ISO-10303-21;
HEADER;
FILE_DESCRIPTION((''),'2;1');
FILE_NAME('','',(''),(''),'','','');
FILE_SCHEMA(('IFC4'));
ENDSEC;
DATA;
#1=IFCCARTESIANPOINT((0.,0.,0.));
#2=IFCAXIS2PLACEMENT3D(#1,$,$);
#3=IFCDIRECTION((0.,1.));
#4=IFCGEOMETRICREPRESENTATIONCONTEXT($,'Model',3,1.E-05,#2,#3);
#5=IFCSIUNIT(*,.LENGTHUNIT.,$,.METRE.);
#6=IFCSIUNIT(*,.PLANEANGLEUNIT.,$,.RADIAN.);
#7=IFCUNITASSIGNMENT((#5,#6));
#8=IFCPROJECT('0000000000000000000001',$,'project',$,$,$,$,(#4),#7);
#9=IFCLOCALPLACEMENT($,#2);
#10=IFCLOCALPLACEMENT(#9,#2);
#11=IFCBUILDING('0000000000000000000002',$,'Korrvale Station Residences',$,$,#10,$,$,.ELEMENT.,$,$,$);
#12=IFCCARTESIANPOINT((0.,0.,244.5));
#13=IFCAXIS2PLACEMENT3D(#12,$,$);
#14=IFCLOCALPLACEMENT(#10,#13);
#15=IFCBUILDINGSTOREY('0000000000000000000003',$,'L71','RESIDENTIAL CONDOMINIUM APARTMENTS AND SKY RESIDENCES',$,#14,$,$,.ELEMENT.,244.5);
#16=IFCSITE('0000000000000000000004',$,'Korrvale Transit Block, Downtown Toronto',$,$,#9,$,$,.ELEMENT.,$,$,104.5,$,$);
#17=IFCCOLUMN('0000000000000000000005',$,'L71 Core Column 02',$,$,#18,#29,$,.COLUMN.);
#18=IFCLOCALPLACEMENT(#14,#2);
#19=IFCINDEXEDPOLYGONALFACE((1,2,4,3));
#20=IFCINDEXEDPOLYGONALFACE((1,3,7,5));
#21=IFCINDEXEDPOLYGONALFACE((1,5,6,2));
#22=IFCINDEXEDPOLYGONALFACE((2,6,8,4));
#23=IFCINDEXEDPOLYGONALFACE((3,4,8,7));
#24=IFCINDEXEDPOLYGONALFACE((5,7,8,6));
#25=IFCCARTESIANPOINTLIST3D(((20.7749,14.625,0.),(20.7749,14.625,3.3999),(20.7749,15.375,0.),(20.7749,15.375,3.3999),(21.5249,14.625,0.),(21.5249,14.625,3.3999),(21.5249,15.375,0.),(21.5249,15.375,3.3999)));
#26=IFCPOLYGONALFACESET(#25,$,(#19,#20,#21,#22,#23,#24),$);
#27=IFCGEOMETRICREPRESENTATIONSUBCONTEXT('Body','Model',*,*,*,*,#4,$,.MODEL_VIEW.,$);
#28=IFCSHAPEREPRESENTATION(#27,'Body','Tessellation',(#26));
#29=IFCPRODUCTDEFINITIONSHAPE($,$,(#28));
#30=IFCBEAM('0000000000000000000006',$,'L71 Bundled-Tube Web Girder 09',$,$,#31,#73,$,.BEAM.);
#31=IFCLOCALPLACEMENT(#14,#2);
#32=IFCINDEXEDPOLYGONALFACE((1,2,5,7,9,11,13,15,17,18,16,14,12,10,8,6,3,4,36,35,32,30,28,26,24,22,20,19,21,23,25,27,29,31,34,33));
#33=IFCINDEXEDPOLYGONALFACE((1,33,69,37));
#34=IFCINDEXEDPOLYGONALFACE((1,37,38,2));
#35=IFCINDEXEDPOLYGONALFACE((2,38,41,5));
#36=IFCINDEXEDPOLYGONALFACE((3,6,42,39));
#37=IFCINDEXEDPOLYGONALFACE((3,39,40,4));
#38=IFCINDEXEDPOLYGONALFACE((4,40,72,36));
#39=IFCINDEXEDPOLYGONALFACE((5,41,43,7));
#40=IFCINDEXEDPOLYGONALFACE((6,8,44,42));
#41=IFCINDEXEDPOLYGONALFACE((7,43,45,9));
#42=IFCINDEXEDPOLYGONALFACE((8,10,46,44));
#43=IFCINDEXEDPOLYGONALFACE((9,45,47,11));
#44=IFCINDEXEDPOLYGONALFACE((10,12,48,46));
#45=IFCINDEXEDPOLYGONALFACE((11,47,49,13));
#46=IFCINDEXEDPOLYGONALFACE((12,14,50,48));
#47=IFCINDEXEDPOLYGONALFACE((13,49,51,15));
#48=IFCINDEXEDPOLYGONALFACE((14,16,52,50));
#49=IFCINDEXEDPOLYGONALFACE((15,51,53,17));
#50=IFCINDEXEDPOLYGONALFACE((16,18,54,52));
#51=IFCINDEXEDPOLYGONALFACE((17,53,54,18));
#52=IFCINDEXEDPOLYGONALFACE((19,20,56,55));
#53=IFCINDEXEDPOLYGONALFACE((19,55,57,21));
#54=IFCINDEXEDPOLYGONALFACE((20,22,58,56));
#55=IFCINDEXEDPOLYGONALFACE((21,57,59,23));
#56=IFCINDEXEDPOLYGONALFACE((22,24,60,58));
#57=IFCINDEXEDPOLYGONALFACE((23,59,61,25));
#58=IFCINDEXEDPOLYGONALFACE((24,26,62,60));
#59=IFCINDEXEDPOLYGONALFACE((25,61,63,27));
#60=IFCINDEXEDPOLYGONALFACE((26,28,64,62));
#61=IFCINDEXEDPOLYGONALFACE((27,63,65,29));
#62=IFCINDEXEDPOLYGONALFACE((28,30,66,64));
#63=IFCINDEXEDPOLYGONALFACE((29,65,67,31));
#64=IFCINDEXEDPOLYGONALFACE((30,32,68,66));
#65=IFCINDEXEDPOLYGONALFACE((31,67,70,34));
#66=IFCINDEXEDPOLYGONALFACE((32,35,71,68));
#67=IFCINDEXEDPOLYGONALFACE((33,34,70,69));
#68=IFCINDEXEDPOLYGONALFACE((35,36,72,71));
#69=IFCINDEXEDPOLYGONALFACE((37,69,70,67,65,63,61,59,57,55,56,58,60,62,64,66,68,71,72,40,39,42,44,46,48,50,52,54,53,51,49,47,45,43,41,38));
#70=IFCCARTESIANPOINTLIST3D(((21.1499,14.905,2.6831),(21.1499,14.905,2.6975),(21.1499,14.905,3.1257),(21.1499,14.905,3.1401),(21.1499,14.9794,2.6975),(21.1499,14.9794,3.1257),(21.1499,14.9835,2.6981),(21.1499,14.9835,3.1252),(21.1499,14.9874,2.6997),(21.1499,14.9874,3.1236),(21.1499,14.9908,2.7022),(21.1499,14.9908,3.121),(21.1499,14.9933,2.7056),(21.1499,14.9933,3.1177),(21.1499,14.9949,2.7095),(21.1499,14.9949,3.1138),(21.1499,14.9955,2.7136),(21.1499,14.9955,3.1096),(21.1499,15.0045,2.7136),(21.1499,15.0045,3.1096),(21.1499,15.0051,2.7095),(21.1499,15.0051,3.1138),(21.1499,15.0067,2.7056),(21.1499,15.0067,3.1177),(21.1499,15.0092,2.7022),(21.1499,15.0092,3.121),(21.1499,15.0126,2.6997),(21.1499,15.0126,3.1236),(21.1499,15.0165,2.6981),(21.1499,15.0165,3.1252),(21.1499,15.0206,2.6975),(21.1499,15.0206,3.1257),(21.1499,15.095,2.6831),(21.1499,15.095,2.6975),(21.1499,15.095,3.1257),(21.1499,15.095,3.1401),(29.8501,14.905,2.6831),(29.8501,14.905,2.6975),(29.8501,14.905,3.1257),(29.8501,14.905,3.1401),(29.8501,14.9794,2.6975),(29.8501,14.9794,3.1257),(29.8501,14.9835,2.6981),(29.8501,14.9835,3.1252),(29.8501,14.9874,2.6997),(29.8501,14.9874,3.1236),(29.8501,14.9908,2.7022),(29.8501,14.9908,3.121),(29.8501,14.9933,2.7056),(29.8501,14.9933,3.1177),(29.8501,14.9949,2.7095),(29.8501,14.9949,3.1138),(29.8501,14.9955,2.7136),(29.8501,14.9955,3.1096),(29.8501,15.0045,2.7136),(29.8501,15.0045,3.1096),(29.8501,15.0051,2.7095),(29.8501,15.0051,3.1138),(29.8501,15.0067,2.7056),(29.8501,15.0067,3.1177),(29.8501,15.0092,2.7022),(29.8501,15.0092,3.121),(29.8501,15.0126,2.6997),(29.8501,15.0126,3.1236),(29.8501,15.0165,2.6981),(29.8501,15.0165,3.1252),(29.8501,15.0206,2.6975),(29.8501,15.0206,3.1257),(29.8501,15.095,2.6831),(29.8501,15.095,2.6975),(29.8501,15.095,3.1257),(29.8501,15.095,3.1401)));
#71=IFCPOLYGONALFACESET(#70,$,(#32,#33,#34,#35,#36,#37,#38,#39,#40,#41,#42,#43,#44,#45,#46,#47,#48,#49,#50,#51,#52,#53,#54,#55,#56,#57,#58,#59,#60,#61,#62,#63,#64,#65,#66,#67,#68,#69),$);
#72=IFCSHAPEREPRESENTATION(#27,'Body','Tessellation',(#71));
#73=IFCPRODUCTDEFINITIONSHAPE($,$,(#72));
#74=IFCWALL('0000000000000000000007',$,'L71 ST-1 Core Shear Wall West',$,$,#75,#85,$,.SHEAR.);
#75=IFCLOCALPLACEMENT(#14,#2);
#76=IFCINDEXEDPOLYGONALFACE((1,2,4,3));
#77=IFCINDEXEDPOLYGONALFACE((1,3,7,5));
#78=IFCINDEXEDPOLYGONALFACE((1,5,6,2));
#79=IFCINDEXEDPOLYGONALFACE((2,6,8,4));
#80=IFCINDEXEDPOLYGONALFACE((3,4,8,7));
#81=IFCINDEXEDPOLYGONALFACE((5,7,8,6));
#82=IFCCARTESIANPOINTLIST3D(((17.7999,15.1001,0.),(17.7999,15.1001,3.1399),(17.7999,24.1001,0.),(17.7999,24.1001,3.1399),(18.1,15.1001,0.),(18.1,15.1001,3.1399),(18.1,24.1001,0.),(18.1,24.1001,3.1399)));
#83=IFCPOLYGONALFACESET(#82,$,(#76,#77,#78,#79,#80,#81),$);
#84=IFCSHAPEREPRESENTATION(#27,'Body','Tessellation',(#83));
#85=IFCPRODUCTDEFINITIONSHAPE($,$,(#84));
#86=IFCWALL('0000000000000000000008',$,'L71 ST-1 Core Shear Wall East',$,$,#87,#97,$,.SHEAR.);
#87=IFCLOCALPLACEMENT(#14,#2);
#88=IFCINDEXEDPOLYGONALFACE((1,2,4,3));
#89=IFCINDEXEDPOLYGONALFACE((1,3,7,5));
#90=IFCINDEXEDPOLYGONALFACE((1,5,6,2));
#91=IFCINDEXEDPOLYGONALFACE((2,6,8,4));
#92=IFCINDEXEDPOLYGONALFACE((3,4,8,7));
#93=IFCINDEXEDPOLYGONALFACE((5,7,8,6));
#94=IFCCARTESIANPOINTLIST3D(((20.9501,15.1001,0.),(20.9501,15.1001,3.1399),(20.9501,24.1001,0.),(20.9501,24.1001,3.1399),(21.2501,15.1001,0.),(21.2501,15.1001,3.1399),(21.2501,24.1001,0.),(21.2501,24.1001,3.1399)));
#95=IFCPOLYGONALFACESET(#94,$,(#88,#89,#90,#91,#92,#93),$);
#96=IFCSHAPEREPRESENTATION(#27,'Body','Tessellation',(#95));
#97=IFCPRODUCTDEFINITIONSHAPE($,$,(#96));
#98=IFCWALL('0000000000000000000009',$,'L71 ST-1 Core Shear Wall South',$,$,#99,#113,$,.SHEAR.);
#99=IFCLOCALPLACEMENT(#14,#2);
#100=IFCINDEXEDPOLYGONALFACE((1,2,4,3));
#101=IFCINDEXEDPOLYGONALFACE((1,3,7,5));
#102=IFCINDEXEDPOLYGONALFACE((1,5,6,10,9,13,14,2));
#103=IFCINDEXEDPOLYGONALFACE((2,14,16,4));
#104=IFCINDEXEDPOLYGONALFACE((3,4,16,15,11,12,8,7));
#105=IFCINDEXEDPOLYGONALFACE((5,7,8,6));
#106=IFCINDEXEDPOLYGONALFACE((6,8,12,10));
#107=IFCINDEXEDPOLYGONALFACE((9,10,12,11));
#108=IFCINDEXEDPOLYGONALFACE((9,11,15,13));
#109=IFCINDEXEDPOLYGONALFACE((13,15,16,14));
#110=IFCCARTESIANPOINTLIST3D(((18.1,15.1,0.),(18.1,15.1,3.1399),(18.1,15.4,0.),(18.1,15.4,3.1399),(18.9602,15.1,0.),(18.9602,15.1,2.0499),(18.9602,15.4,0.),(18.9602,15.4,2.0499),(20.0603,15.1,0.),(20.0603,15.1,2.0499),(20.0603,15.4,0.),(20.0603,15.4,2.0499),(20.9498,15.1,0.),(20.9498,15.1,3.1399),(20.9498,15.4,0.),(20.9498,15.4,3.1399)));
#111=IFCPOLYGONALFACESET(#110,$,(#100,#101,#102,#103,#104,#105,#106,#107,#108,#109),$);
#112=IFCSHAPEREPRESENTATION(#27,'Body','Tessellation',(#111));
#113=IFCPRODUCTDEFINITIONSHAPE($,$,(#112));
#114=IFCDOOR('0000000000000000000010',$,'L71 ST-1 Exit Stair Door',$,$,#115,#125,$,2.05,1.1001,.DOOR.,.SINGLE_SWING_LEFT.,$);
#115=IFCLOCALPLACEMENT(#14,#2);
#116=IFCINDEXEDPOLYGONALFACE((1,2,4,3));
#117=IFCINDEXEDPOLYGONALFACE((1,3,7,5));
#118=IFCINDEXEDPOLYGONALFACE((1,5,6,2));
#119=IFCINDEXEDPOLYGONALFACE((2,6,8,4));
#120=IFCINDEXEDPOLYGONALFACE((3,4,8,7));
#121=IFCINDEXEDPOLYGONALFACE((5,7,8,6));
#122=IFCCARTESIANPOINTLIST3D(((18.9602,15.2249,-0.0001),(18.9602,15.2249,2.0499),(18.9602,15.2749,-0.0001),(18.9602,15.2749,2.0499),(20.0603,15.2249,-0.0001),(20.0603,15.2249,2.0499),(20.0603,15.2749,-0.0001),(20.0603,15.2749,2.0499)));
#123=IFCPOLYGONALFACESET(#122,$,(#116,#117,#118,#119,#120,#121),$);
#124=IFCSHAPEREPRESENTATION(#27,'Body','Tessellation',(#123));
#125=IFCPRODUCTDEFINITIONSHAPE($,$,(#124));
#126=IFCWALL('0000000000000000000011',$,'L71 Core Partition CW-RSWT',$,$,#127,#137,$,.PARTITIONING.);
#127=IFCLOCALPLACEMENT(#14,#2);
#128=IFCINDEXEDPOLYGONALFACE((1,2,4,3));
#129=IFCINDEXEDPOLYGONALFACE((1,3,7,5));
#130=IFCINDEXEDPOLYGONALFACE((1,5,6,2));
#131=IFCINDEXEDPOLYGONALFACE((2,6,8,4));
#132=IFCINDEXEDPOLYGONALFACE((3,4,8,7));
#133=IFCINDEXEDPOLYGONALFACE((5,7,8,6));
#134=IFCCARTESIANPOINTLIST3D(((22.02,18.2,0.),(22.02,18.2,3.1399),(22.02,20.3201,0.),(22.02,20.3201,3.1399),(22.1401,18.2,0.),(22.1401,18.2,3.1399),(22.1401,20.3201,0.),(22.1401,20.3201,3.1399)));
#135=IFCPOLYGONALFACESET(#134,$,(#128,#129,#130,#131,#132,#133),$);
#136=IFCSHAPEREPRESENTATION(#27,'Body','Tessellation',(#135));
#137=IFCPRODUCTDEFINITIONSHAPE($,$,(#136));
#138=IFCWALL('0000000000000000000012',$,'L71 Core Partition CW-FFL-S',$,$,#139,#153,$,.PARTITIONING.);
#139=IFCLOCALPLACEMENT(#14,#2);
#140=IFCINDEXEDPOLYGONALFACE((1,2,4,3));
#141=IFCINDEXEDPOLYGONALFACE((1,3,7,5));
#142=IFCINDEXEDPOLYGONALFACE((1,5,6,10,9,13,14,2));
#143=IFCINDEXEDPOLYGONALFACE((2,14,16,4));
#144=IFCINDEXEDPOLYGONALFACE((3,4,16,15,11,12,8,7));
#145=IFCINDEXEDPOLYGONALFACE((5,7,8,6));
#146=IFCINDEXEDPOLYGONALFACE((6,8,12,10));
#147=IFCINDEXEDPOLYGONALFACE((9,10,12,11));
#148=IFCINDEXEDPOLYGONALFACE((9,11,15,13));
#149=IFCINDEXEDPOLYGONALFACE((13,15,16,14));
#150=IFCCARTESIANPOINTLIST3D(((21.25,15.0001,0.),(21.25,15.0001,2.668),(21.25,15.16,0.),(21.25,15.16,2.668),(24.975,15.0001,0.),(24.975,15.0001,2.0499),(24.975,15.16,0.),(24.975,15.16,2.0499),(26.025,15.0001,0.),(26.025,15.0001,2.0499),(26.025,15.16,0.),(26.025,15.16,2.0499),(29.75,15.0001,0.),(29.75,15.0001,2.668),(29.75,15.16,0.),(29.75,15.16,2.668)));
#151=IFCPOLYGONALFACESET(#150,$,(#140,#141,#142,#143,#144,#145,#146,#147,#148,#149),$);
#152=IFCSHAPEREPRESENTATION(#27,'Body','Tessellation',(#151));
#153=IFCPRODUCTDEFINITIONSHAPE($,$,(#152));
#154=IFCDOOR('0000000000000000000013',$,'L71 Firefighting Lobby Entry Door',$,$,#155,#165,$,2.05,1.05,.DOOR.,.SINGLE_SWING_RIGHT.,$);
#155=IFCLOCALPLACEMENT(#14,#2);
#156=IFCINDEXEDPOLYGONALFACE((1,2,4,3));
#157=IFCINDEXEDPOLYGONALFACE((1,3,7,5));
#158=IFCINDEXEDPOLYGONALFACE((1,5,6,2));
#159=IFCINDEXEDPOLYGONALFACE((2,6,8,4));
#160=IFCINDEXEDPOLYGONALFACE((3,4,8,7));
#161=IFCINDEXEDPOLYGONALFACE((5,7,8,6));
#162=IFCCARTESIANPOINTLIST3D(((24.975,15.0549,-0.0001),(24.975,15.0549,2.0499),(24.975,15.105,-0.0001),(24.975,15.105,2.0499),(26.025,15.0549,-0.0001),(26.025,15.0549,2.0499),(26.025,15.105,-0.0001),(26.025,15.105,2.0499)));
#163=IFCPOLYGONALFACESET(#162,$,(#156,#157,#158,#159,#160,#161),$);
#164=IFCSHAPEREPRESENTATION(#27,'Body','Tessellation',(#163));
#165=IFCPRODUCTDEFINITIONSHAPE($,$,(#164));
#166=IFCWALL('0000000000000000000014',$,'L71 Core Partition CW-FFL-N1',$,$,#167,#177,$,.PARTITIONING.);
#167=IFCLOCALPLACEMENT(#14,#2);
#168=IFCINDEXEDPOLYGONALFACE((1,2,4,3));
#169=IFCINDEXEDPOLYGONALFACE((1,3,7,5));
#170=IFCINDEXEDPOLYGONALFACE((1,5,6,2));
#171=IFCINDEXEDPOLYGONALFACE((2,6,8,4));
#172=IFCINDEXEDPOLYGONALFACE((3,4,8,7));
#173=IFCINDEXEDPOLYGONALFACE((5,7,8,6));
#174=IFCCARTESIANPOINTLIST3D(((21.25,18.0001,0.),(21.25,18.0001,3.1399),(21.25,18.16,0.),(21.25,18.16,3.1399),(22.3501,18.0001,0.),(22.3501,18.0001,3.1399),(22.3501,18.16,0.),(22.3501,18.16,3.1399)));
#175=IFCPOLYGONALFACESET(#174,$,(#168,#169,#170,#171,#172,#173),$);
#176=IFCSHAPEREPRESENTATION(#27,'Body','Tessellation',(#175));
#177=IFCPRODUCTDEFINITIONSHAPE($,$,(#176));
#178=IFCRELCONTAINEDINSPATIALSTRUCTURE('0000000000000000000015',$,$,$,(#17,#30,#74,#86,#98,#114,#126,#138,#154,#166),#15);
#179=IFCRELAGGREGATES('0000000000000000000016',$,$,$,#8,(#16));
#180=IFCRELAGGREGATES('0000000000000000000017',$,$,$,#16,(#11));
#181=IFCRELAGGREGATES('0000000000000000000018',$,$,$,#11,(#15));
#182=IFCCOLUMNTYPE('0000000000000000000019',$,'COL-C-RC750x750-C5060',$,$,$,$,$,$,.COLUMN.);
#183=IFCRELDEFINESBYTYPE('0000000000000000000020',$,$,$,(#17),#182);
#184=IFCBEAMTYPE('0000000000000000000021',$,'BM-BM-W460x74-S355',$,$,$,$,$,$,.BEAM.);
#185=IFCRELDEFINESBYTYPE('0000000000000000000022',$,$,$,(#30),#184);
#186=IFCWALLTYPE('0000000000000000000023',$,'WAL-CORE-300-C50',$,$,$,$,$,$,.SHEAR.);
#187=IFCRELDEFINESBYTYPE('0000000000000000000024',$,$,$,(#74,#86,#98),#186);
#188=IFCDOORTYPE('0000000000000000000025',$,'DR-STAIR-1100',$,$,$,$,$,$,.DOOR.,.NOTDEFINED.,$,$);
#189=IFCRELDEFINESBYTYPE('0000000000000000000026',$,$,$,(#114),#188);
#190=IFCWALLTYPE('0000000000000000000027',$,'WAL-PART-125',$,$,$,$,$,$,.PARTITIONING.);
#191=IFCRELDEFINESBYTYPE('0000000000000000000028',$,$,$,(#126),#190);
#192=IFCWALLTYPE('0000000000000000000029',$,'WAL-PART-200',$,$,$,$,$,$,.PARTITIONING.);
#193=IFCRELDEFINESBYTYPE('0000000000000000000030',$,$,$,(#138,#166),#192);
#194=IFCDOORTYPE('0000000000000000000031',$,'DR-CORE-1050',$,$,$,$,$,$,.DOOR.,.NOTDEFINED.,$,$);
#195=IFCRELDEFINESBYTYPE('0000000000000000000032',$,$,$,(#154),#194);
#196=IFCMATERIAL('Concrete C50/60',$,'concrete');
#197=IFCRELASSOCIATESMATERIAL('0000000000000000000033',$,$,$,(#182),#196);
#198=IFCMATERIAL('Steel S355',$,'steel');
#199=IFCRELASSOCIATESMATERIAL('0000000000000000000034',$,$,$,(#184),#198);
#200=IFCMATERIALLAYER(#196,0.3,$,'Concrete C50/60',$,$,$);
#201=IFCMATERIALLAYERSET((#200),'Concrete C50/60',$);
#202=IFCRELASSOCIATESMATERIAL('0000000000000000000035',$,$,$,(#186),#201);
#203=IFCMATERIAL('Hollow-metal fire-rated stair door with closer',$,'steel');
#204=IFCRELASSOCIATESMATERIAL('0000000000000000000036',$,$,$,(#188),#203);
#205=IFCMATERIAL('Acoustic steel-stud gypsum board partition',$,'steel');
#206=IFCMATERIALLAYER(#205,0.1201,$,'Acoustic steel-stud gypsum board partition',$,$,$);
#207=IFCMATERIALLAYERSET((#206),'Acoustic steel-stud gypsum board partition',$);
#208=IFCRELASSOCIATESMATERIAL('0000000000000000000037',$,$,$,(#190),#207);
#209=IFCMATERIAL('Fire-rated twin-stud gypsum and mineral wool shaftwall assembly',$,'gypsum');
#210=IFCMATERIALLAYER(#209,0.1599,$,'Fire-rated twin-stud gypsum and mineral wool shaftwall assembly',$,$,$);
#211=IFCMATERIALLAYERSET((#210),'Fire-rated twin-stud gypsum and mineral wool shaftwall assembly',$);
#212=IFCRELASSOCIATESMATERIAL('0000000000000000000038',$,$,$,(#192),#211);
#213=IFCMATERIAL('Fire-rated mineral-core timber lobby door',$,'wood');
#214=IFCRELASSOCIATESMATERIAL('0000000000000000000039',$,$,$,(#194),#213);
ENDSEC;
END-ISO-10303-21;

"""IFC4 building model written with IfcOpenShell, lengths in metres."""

from ifc_helpers import new_model, si_unit, direction, frame, frame_2d, origin, origin_2d, place, context, subcontext, project, spatial, rectangle, i_section, extrude, material, layer, layer_set, material_profile, profile_set, type_object, element, fill, save


model = new_model("IFC4")

# Units and contexts
model_context = context("Model", 3, precision=1e-05, world=origin(), true_north=direction((0.0, 1.0)))
body_context = subcontext(model_context, "Body", "Model", "MODEL_VIEW")
ifc_project = project(units=[si_unit("LENGTHUNIT", "METRE"), si_unit("PLANEANGLEUNIT", "RADIAN")], contexts=[model_context])

# Site, building, storey
site_placement = place(None, origin())
site = spatial("IfcSite", under=ifc_project, at=site_placement, Name="Korrvale Transit Block, Downtown Toronto", CompositionType="ELEMENT", RefElevation=104.5)
building_placement = place(site_placement, origin())
building = spatial("IfcBuilding", under=site, at=building_placement, Name="Korrvale Station Residences", CompositionType="ELEMENT")
storey_placement = place(building_placement, frame((0.0, 0.0, 244.5)))
storey = spatial("IfcBuildingStorey", under=building, at=storey_placement, Name="L71", Description="RESIDENTIAL CONDOMINIUM APARTMENTS AND SKY RESIDENCES", CompositionType="ELEMENT", Elevation=244.5)

# Column
ifc_material_1 = material(Name="Concrete C50/60", Category="concrete")
ifc_material_profile_1 = material_profile(ifc_material_1, rectangle(XDim=0.75, YDim=0.75, at=origin_2d()), Name="RC750x750")
ifc_profile_set_1 = profile_set([ifc_material_profile_1], Name="Concrete C50/60")
column_type = type_object("IfcColumnType", Name="COL-C-RC750x750-C5060", PredefinedType="COLUMN", material=ifc_profile_set_1)
column_placement = place(storey_placement, frame((21.1499, 15.0, 0.0), z_axis=(0.0, 0.0, 1.0), x_axis=(1.0, 0.0, 0.0)))
element("IfcColumn", 1, at=column_placement, inside=storey, type_object=column_type, Name="L71 Core Column 02", PredefinedType="COLUMN", context=body_context, shape_type="SweptSolid", body=[
    extrude(rectangle(XDim=0.75, YDim=0.75, at=origin_2d()), origin(), (0.0, 0.0, 1.0), 3.3999),
])

# Beam
ifc_material_2 = material(Name="Steel S355", Category="steel")
ifc_material_profile_2 = material_profile(ifc_material_2, i_section(OverallWidth=0.1899, OverallDepth=0.457, WebThickness=0.009, FlangeThickness=0.0144, FilletRadius=0.0161, at=origin_2d()), Name="W460x74")
ifc_profile_set_2 = profile_set([ifc_material_profile_2], Name="Steel S355")
beam_type = type_object("IfcBeamType", Name="BM-BM-W460x74-S355", PredefinedType="BEAM", material=ifc_profile_set_2)
beam_placement = place(storey_placement, frame((21.1499, 15.0, 2.9116), z_axis=(1.0, 0.0, 0.0), x_axis=(0.0, 1.0, 0.0)))
element("IfcBeam", 2, at=beam_placement, inside=storey, type_object=beam_type, Name="L71 Bundled-Tube Web Girder 09", PredefinedType="BEAM", context=body_context, shape_type="SweptSolid", body=[
    extrude(i_section(OverallWidth=0.1899, OverallDepth=0.457, WebThickness=0.009, FlangeThickness=0.0144, FilletRadius=0.0161, at=origin_2d()), origin(), (0.0, 0.0, 1.0), 8.7002),
])

# Walls
ifc_layer_1 = layer(ifc_material_1, 0.3, Name="Concrete C50/60")
ifc_layer_set_1 = layer_set([ifc_layer_1], Name="Concrete C50/60")
wall_type_1 = type_object("IfcWallType", Name="WAL-CORE-300-C50", PredefinedType="SHEAR", material=ifc_layer_set_1)
for number, where, z_axis, x_axis, name in (
    (3, (17.95, 15.1001, 0.0), (0.0, 0.0, 1.0), (0.0, 1.0, 0.0), "L71 ST-1 Core Shear Wall West"),
    (4, (21.1001, 15.1001, 0.0), (0.0, 0.0, 1.0), (0.0, 1.0, 0.0), "L71 ST-1 Core Shear Wall East"),
):
    element("IfcWall", number, at=place(storey_placement, frame(where, z_axis=z_axis, x_axis=x_axis)), inside=storey, type_object=wall_type_1, Name=name, PredefinedType="SHEAR", context=body_context, shape_type="SweptSolid", body=[
        extrude(rectangle(XDim=9.0, YDim=0.3, at=frame_2d((4.5, 0.0))), origin(), (0.0, 0.0, 1.0), 3.1399),
    ])

# Wall, opening, door
wall_1_placement = place(storey_placement, frame((18.1001, 15.25, 0.0), z_axis=(0.0, 0.0, 1.0), x_axis=(1.0, 0.0, 0.0)))
wall_1 = element("IfcWall", 5, at=wall_1_placement, inside=storey, type_object=wall_type_1, Name="L71 ST-1 Core Shear Wall South", PredefinedType="SHEAR", context=body_context, shape_type="SweptSolid", body=[
    extrude(rectangle(XDim=2.8499, YDim=0.3, at=frame_2d((1.4248, 0.0))), origin(), (0.0, 0.0, 1.0), 3.1399),
])
opening_1_placement = place(wall_1_placement, frame((0.8601, 0.0, 0.0)))
opening_1 = element("IfcOpeningElement", 6, at=opening_1_placement, cuts=wall_1, PredefinedType="OPENING", context=body_context, shape_type="SweptSolid", body=[
    extrude(rectangle(XDim=1.1001, YDim=2.05, at=frame_2d((0.55, 1.0249))), frame((0.0, 0.1602, 0.0), z_axis=(0.0, -1.0, 0.0), x_axis=(1.0, 0.0, 0.0)), (0.0, 0.0, 1.0), 0.3201),
])
ifc_material_3 = material(Name="Hollow-metal fire-rated stair door with closer", Category="steel")
door_type_1 = type_object("IfcDoorType", Name="DR-STAIR-1100", OperationType="NOTDEFINED", PredefinedType="DOOR", material=ifc_material_3)
door_1_placement = place(opening_1_placement, origin())
door_1 = element("IfcDoor", 7, at=door_1_placement, inside=storey, type_object=door_type_1, Name="L71 ST-1 Exit Stair Door", OperationType="SINGLE_SWING_LEFT", OverallHeight=2.05, OverallWidth=1.1001, PredefinedType="DOOR", context=body_context, shape_type="SweptSolid", body=[
    extrude(rectangle(XDim=1.1001, YDim=2.05, at=frame_2d((0.55, 1.0249))), frame((0.0, 0.0249, 0.0), z_axis=(0.0, -1.0, 0.0), x_axis=(1.0, 0.0, 0.0)), (0.0, 0.0, 1.0), 0.05),
])
fill(opening_1, door_1)

# Wall
ifc_material_4 = material(Name="Acoustic steel-stud gypsum board partition", Category="steel")
ifc_layer_2 = layer(ifc_material_4, 0.1201, Name="Acoustic steel-stud gypsum board partition")
ifc_layer_set_2 = layer_set([ifc_layer_2], Name="Acoustic steel-stud gypsum board partition")
wall_type_2 = type_object("IfcWallType", Name="WAL-PART-125", PredefinedType="PARTITIONING", material=ifc_layer_set_2)
wall_2_placement = place(storey_placement, frame((22.0801, 18.2, 0.0), z_axis=(0.0, 0.0, 1.0), x_axis=(0.0, 1.0, 0.0)))
element("IfcWall", 8, at=wall_2_placement, inside=storey, type_object=wall_type_2, Name="L71 Core Partition CW-RSWT", PredefinedType="PARTITIONING", context=body_context, shape_type="SweptSolid", body=[
    extrude(rectangle(XDim=2.1201, YDim=0.1201, at=frame_2d((1.0601, 0.0))), origin(), (0.0, 0.0, 1.0), 3.1399),
])

# Wall, opening, door
ifc_material_5 = material(Name="Fire-rated twin-stud gypsum and mineral wool shaftwall assembly", Category="gypsum")
ifc_layer_3 = layer(ifc_material_5, 0.1599, Name="Fire-rated twin-stud gypsum and mineral wool shaftwall assembly")
ifc_layer_set_3 = layer_set([ifc_layer_3], Name="Fire-rated twin-stud gypsum and mineral wool shaftwall assembly")
wall_type_3 = type_object("IfcWallType", Name="WAL-PART-200", PredefinedType="PARTITIONING", material=ifc_layer_set_3)
wall_3_placement = place(storey_placement, frame((21.25, 15.0801, 0.0), z_axis=(0.0, 0.0, 1.0), x_axis=(1.0, 0.0, 0.0)))
wall_3 = element("IfcWall", 9, at=wall_3_placement, inside=storey, type_object=wall_type_3, Name="L71 Core Partition CW-FFL-S", PredefinedType="PARTITIONING", context=body_context, shape_type="SweptSolid", body=[
    extrude(rectangle(XDim=8.5, YDim=0.1599, at=frame_2d((4.25, 0.0))), origin(), (0.0, 0.0, 1.0), 2.668),
])
opening_2_placement = place(wall_3_placement, frame((3.7251, 0.0, 0.0)))
opening_2 = element("IfcOpeningElement", 10, at=opening_2_placement, cuts=wall_3, PredefinedType="OPENING", context=body_context, shape_type="SweptSolid", body=[
    extrude(rectangle(XDim=1.05, YDim=2.05, at=frame_2d((0.5249, 1.0249))), frame((0.0, 0.0898, 0.0), z_axis=(0.0, -1.0, 0.0), x_axis=(1.0, 0.0, 0.0)), (0.0, 0.0, 1.0), 0.1799),
])
ifc_material_6 = material(Name="Fire-rated mineral-core timber lobby door", Category="wood")
door_type_2 = type_object("IfcDoorType", Name="DR-CORE-1050", OperationType="NOTDEFINED", PredefinedType="DOOR", material=ifc_material_6)
door_2_placement = place(opening_2_placement, origin())
door_2 = element("IfcDoor", 11, at=door_2_placement, inside=storey, type_object=door_type_2, Name="L71 Firefighting Lobby Entry Door", OperationType="SINGLE_SWING_RIGHT", OverallHeight=2.05, OverallWidth=1.05, PredefinedType="DOOR", context=body_context, shape_type="SweptSolid", body=[
    extrude(rectangle(XDim=1.05, YDim=2.05, at=frame_2d((0.5249, 1.0249))), frame((0.0, 0.0249, 0.0), z_axis=(0.0, -1.0, 0.0), x_axis=(1.0, 0.0, 0.0)), (0.0, 0.0, 1.0), 0.05),
])
fill(opening_2, door_2)

# Wall
wall_4_placement = place(storey_placement, frame((21.25, 18.0801, 0.0), z_axis=(0.0, 0.0, 1.0), x_axis=(1.0, 0.0, 0.0)))
element("IfcWall", 12, at=wall_4_placement, inside=storey, type_object=wall_type_3, Name="L71 Core Partition CW-FFL-N1", PredefinedType="PARTITIONING", context=body_context, shape_type="SweptSolid", body=[
    extrude(rectangle(XDim=1.1001, YDim=0.1599, at=frame_2d((0.55, 0.0))), origin(), (0.0, 0.0, 1.0), 3.1399),
])

save(model, "model.ifc")
